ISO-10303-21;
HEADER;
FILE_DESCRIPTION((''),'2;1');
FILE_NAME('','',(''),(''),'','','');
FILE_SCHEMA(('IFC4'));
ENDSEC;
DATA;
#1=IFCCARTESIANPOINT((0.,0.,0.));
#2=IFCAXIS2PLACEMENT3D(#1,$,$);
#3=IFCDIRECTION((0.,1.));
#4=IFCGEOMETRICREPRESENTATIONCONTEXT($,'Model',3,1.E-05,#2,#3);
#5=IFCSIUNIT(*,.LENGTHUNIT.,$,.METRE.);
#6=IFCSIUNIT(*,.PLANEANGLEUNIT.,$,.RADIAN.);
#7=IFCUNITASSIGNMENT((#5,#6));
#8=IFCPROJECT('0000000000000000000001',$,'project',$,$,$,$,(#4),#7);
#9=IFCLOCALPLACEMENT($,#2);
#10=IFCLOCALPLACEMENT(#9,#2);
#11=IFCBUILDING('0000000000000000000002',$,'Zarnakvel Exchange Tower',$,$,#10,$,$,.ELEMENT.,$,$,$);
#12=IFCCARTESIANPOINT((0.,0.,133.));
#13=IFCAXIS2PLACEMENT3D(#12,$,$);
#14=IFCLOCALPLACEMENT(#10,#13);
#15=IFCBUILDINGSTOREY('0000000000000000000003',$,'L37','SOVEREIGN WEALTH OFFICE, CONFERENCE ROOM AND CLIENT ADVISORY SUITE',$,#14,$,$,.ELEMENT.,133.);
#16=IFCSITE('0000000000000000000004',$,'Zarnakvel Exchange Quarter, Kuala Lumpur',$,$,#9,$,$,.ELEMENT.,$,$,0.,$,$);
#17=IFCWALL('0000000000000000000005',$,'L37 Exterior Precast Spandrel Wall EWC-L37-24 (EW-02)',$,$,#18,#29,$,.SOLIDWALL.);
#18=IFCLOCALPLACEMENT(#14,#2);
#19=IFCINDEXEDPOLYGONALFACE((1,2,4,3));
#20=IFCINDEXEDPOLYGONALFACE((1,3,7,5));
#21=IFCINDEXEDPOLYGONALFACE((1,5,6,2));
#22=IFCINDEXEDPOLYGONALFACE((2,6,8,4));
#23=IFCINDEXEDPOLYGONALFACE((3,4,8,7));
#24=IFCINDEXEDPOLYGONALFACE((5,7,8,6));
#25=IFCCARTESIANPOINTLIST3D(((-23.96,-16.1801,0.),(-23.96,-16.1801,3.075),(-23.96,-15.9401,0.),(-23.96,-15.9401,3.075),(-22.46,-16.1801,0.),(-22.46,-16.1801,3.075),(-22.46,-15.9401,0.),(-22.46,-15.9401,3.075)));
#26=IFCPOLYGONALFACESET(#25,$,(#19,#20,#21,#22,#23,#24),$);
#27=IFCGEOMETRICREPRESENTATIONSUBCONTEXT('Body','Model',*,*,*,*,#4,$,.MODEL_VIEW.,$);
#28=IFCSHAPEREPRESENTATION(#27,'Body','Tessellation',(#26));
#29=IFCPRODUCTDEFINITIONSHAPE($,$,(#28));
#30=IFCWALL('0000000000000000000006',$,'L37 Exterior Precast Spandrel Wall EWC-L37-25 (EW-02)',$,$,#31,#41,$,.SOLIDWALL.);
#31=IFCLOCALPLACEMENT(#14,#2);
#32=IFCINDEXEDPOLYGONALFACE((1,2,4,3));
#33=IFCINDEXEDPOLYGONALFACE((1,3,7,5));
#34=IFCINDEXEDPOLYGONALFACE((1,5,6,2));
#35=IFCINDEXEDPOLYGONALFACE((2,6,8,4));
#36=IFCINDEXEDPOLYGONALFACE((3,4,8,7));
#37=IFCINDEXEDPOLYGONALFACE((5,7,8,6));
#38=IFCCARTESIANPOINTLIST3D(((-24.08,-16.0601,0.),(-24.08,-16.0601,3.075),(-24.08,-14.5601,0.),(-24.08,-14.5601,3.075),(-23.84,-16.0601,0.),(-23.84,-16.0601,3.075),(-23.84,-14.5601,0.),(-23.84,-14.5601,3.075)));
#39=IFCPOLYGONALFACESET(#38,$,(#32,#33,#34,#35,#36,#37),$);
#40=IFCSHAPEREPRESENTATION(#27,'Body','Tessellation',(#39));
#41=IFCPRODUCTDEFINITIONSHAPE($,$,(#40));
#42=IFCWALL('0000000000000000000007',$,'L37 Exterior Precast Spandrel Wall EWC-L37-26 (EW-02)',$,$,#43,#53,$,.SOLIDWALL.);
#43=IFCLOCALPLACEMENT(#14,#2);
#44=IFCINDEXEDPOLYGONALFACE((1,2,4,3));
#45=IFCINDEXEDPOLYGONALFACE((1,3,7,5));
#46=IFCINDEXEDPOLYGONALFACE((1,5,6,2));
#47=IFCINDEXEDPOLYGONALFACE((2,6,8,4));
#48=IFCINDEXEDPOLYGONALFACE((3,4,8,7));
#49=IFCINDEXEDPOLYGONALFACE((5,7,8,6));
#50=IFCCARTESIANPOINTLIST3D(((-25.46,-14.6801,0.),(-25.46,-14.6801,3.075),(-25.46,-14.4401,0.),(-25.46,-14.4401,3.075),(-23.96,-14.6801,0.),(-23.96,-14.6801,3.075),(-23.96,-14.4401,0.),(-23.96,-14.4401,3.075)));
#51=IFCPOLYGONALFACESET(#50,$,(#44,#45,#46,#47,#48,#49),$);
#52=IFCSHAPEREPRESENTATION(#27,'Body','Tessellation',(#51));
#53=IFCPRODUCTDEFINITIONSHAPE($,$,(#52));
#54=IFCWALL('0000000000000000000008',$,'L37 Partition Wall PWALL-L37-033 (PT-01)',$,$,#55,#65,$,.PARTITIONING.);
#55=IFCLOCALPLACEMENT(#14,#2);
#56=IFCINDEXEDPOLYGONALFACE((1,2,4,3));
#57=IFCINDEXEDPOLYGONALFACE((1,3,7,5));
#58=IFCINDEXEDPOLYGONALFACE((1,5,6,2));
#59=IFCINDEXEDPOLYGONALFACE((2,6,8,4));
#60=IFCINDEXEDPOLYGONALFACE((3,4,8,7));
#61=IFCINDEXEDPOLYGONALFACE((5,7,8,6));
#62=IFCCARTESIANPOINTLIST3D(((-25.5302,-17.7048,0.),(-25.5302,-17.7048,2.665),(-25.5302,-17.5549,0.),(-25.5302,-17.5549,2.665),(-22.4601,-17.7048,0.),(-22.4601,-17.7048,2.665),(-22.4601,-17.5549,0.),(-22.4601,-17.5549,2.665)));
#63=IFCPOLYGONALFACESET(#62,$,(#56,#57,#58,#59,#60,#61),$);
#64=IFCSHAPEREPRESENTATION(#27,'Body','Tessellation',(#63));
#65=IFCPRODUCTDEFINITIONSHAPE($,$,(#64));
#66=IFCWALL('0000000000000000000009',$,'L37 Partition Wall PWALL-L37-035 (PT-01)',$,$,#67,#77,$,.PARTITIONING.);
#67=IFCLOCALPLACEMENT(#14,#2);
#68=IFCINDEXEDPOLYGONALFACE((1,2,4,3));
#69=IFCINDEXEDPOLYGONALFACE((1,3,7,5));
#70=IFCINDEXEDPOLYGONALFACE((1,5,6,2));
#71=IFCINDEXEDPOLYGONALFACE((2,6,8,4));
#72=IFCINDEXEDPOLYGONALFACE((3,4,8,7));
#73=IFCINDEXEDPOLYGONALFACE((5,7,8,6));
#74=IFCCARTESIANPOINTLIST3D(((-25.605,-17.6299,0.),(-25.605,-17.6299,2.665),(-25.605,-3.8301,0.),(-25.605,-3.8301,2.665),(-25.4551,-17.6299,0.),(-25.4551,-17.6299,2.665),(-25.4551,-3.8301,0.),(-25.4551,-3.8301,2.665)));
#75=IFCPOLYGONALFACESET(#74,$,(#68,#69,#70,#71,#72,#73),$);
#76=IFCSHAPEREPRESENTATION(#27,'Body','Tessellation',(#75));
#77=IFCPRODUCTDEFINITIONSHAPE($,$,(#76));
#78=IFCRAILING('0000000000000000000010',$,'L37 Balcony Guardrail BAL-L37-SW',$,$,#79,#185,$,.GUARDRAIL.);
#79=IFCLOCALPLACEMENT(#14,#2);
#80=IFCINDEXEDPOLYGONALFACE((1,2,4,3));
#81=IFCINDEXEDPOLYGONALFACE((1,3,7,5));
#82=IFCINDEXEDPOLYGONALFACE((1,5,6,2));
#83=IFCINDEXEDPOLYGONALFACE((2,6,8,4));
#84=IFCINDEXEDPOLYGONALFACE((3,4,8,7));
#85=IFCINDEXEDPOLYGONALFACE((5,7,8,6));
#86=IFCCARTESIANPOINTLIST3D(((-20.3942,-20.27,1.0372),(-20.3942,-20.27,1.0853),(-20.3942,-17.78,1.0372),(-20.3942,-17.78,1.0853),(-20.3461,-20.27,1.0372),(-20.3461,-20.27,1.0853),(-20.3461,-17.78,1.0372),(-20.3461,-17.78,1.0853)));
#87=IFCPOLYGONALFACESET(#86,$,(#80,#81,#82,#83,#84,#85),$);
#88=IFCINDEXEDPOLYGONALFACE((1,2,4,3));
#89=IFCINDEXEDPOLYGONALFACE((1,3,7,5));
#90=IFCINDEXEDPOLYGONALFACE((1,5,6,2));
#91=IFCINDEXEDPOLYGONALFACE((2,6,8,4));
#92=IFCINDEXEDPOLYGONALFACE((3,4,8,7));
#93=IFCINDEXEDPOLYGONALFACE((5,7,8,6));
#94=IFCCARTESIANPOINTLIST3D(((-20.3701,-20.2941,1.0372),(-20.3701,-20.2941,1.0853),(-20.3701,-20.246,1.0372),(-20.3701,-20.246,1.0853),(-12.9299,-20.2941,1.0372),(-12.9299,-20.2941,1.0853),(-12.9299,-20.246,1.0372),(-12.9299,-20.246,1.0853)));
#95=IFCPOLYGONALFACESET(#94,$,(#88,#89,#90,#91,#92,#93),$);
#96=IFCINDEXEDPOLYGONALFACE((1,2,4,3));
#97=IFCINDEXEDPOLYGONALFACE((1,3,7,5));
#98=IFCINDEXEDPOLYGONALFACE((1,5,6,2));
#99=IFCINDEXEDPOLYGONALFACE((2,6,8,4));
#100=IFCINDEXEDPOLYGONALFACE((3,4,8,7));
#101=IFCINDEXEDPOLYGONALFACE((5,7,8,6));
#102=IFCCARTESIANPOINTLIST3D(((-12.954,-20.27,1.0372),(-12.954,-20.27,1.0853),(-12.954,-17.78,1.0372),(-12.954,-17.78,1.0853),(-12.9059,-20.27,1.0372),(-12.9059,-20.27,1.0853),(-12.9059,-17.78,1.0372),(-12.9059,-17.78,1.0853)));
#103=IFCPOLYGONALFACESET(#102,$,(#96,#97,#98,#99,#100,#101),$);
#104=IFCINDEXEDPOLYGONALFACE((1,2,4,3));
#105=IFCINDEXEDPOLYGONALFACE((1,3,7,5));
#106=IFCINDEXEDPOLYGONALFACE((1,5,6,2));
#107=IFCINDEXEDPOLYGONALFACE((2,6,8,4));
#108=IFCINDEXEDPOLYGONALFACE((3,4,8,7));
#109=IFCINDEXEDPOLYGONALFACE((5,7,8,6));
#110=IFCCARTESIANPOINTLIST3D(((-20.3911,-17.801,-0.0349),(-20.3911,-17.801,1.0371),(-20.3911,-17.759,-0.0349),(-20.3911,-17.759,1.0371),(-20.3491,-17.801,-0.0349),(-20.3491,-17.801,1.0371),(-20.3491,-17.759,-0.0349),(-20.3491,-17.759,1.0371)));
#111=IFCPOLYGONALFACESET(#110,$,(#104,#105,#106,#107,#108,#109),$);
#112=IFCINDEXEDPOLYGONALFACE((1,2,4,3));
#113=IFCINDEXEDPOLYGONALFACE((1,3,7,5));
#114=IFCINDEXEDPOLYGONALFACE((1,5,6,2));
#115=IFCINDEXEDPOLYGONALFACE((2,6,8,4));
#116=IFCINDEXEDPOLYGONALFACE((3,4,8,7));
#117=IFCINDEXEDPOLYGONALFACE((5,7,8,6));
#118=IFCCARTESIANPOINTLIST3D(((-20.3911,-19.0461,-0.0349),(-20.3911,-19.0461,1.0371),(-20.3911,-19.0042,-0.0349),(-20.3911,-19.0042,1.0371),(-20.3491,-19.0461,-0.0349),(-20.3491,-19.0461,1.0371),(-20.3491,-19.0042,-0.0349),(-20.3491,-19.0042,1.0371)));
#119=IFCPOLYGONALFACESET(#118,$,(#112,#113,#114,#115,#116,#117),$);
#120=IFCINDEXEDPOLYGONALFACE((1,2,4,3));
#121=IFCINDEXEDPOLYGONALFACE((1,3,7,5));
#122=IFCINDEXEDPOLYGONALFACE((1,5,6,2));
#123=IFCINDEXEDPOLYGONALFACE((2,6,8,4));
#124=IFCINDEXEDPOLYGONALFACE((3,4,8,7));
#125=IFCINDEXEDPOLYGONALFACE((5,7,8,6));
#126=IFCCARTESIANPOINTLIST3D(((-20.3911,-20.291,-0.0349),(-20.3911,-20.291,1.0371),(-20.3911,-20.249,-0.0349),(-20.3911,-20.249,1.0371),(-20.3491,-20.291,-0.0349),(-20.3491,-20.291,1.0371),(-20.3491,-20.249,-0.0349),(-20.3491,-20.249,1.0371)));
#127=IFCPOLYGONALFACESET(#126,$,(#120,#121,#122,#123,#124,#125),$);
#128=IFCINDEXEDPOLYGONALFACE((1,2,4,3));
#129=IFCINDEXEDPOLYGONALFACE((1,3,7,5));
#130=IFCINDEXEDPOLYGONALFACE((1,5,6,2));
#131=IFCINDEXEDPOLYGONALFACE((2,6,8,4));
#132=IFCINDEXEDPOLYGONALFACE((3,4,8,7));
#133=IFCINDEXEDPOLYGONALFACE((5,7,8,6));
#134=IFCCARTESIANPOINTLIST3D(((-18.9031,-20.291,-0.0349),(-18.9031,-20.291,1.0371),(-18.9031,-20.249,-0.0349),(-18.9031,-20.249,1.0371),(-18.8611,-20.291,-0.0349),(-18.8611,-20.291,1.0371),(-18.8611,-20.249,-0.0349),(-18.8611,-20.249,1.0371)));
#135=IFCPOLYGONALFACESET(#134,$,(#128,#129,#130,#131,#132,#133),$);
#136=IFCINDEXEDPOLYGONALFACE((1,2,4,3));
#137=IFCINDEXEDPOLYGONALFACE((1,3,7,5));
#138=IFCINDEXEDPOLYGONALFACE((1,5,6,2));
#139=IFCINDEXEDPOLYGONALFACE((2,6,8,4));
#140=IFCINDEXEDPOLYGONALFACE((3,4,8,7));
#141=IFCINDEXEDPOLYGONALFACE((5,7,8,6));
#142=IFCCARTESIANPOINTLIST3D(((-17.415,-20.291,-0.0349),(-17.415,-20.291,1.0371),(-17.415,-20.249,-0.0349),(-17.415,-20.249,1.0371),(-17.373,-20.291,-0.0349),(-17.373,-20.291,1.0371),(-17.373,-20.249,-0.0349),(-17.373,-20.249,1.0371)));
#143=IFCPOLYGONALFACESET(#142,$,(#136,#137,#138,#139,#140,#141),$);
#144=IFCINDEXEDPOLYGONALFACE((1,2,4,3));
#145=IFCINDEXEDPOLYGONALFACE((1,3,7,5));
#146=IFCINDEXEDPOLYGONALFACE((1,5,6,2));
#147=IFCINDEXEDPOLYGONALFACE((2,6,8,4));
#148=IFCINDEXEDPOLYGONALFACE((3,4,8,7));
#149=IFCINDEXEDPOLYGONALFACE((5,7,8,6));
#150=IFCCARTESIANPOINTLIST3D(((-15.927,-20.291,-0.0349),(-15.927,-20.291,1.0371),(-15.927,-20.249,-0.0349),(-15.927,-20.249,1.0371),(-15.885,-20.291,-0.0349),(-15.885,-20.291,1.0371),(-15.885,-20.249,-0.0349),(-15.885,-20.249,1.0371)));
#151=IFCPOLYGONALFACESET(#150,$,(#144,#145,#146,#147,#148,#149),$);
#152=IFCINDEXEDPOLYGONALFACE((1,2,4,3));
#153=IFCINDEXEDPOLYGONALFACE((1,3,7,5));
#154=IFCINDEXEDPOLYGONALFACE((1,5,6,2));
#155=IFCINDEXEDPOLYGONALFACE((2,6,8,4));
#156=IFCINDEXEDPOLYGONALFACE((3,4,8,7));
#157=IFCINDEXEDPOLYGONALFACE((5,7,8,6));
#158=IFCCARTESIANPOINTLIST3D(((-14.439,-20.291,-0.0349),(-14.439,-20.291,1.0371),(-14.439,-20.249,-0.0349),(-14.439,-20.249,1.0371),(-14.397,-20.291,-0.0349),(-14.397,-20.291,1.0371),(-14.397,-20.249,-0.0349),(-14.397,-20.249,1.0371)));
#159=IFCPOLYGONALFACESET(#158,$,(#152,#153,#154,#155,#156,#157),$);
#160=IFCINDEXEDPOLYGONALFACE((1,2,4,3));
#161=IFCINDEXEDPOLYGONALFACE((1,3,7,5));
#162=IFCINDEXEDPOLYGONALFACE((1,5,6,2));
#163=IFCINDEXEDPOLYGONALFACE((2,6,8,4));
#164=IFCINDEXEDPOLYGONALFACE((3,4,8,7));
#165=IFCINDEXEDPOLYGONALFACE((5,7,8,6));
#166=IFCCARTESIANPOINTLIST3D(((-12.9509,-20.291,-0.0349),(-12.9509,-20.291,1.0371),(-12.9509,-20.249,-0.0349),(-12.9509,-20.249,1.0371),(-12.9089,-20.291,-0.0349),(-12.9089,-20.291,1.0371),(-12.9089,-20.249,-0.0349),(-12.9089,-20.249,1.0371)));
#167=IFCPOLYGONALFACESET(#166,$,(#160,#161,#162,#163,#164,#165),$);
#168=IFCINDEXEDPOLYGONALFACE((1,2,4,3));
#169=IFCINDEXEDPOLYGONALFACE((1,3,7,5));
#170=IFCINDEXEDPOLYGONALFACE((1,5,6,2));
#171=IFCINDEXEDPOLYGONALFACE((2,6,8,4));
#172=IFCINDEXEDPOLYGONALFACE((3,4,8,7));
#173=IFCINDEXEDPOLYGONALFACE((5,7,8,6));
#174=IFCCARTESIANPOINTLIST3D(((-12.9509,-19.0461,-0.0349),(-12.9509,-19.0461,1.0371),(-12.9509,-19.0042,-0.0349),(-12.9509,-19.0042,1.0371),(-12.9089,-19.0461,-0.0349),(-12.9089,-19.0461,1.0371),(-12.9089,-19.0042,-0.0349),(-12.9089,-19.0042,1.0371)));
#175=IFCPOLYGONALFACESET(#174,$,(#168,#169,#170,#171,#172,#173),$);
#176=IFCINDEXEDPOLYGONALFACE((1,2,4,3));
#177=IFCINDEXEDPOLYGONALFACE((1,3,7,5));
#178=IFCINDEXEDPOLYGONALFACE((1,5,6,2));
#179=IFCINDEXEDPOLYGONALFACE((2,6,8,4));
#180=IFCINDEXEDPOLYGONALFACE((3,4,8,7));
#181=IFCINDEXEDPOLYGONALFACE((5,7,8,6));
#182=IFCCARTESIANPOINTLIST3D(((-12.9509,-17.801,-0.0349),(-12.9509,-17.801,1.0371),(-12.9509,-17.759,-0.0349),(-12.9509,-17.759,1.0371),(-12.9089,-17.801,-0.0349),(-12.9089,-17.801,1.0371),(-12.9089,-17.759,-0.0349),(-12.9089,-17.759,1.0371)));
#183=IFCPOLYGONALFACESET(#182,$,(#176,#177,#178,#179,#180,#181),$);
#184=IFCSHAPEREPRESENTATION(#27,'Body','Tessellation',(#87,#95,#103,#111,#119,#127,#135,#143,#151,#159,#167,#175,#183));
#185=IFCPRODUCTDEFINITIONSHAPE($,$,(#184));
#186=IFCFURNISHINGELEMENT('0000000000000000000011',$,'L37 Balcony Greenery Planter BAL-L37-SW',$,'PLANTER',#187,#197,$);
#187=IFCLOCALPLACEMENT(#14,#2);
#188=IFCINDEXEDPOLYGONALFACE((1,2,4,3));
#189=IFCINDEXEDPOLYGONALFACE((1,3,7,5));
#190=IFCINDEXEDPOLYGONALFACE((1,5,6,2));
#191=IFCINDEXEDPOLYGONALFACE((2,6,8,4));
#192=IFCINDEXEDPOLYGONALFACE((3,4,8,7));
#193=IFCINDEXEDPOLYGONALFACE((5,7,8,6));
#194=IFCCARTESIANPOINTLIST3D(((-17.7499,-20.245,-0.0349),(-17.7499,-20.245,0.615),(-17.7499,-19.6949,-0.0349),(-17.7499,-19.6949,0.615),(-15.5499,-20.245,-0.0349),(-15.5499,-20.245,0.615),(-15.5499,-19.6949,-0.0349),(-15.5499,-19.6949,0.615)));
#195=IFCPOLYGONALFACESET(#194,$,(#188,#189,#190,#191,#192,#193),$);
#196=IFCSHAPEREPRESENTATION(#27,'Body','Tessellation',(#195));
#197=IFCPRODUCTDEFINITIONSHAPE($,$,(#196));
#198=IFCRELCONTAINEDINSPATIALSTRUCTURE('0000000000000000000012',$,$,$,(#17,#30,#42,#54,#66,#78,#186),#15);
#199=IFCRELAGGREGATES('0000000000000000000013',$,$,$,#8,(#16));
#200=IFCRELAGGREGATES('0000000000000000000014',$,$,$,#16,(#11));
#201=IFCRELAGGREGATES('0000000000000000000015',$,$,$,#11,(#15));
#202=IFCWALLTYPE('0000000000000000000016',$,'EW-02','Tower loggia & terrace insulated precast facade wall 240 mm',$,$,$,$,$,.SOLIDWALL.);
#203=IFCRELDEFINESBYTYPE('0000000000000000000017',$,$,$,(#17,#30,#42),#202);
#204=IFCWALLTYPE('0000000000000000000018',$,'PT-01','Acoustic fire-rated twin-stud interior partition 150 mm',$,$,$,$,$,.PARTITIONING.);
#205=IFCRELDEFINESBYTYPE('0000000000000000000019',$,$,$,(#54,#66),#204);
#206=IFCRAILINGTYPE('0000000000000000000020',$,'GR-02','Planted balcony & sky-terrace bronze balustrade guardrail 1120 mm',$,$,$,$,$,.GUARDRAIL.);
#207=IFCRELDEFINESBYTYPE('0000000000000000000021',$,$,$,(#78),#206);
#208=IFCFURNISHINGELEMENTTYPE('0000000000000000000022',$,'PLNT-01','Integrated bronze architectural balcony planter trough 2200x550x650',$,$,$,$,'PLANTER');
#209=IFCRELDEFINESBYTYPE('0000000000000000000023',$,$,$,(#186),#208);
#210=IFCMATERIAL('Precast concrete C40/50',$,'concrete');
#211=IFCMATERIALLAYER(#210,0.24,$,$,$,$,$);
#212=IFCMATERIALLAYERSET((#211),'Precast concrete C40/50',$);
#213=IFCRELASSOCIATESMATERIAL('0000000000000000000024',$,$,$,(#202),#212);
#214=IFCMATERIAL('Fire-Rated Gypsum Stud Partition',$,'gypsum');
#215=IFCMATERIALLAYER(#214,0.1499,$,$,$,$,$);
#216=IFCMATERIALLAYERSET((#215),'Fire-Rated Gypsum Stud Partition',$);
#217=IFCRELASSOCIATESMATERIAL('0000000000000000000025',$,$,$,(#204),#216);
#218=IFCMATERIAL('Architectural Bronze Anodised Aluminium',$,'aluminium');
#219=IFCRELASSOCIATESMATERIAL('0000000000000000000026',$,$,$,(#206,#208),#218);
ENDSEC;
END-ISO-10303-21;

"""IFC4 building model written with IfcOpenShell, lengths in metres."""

from ifc_helpers import new_model, si_unit, direction, frame, frame_2d, origin, origin_2d, place, context, subcontext, project, spatial, rectangle, extrude, source, transform, mapped, material, layer, layer_set, type_object, element, save


model = new_model("IFC4")

# Units and contexts
model_context = context("Model", 3, precision=1e-05, world=origin(), true_north=direction((0.0, 1.0)))
body_context = subcontext(model_context, "Body", "Model", "MODEL_VIEW")
ifc_project = project(units=[si_unit("LENGTHUNIT", "METRE"), si_unit("PLANEANGLEUNIT", "RADIAN")], contexts=[model_context])

# Site, building, storey
site_placement = place(None, origin())
site = spatial("IfcSite", under=ifc_project, at=site_placement, Name="Zarnakvel Exchange Quarter, Kuala Lumpur", CompositionType="ELEMENT", RefElevation=0.0)
building_placement = place(site_placement, origin())
building = spatial("IfcBuilding", under=site, at=building_placement, Name="Zarnakvel Exchange Tower", CompositionType="ELEMENT")
storey_placement = place(building_placement, frame((0.0, 0.0, 133.0)))
storey = spatial("IfcBuildingStorey", under=building, at=storey_placement, Name="L37", Description="SOVEREIGN WEALTH OFFICE, CONFERENCE ROOM AND CLIENT ADVISORY SUITE", CompositionType="ELEMENT", Elevation=133.0)

# Shared definitions
ifc_material_1 = material(Name="Architectural Bronze Anodised Aluminium", Category="aluminium")

# Walls
ifc_material_2 = material(Name="Precast concrete C40/50", Category="concrete")
ifc_layer_1 = layer(ifc_material_2, 0.24)
ifc_layer_set_1 = layer_set([ifc_layer_1], Name="Precast concrete C40/50")
wall_type_1 = type_object("IfcWallType", Name="EW-02", Description="Tower loggia & terrace insulated precast facade wall 240 mm", PredefinedType="SOLIDWALL", material=ifc_layer_set_1)
for number, where, z_axis, x_axis, name in (
    (1, (-23.96, -16.0601, 0.0), (0.0, 0.0, 1.0), (1.0, 0.0, 0.0), "L37 Exterior Precast Spandrel Wall EWC-L37-24 (EW-02)"),
    (2, (-23.96, -14.5601, 0.0), (0.0, 0.0, 1.0), (0.0, -1.0, 0.0), "L37 Exterior Precast Spandrel Wall EWC-L37-25 (EW-02)"),
    (3, (-25.46, -14.5601, 0.0), (0.0, 0.0, 1.0), (1.0, 0.0, 0.0), "L37 Exterior Precast Spandrel Wall EWC-L37-26 (EW-02)"),
):
    element("IfcWall", number, at=place(storey_placement, frame(where, z_axis=z_axis, x_axis=x_axis)), inside=storey, type_object=wall_type_1, Name=name, PredefinedType="SOLIDWALL", context=body_context, shape_type="SweptSolid", body=[
        extrude(rectangle(XDim=1.5, YDim=0.24, at=frame_2d((0.75, 0.0))), origin(), (0.0, 0.0, 1.0), 3.075),
    ])
ifc_material_3 = material(Name="Fire-Rated Gypsum Stud Partition", Category="gypsum")
ifc_layer_2 = layer(ifc_material_3, 0.1499)
ifc_layer_set_2 = layer_set([ifc_layer_2], Name="Fire-Rated Gypsum Stud Partition")
wall_type_2 = type_object("IfcWallType", Name="PT-01", Description="Acoustic fire-rated twin-stud interior partition 150 mm", PredefinedType="PARTITIONING", material=ifc_layer_set_2)
wall_1_placement = place(storey_placement, frame((-22.46, -17.6299, 0.0), z_axis=(0.0, 0.0, 1.0), x_axis=(-1.0, 0.0, 0.0)))
element("IfcWall", 4, at=wall_1_placement, inside=storey, type_object=wall_type_2, Name="L37 Partition Wall PWALL-L37-033 (PT-01)", PredefinedType="PARTITIONING", context=body_context, shape_type="SweptSolid", body=[
    extrude(rectangle(XDim=3.0701, YDim=0.1499, at=frame_2d((1.5352, 0.0))), origin(), (0.0, 0.0, 1.0), 2.665),
])
wall_2_placement = place(storey_placement, frame((-25.53, -17.6299, 0.0), z_axis=(0.0, 0.0, 1.0), x_axis=(0.0, 1.0, 0.0)))
element("IfcWall", 5, at=wall_2_placement, inside=storey, type_object=wall_type_2, Name="L37 Partition Wall PWALL-L37-035 (PT-01)", PredefinedType="PARTITIONING", context=body_context, shape_type="SweptSolid", body=[
    extrude(rectangle(XDim=13.7998, YDim=0.1499, at=frame_2d((6.8999, 0.0))), origin(), (0.0, 0.0, 1.0), 2.665),
])

# Railing
railing_type = type_object("IfcRailingType", Name="GR-02", Description="Planted balcony & sky-terrace bronze balustrade guardrail 1120 mm", PredefinedType="GUARDRAIL", material=ifc_material_1)
railing_placement = place(storey_placement, frame((-20.3701, -17.78, -0.0349)))
element("IfcRailing", 6, at=railing_placement, inside=storey, type_object=railing_type, Name="L37 Balcony Guardrail BAL-L37-SW", PredefinedType="GUARDRAIL", context=body_context, shape_type="SweptSolid", body=[
    extrude(rectangle(XDim=0.0481, YDim=0.0481, at=origin_2d()), frame((0.0, 0.0, 1.0962), z_axis=(0.0, -1.0, 0.0), x_axis=(1.0, 0.0, 0.0)), (0.0, 0.0, 1.0), 2.49),
    extrude(rectangle(XDim=0.0481, YDim=0.0481, at=origin_2d()), frame((0.0, -2.49, 1.0962), z_axis=(1.0, 0.0, 0.0), x_axis=(0.0, 1.0, 0.0)), (0.0, 0.0, 1.0), 7.4402),
    extrude(rectangle(XDim=0.0481, YDim=0.0481, at=origin_2d()), frame((7.4402, -2.49, 1.0962), z_axis=(0.0, 1.0, 0.0), x_axis=(-1.0, 0.0, 0.0)), (0.0, 0.0, 1.0), 2.49),
    extrude(rectangle(XDim=0.042, YDim=0.042, at=origin_2d()), origin(), (0.0, 0.0, 1.0), 1.072),
    extrude(rectangle(XDim=0.042, YDim=0.042, at=origin_2d()), frame((0.0, -1.2451, 0.0)), (0.0, 0.0, 1.0), 1.072),
    extrude(rectangle(XDim=0.042, YDim=0.042, at=origin_2d()), frame((0.0, -2.49, 0.0)), (0.0, 0.0, 1.0), 1.072),
    extrude(rectangle(XDim=0.042, YDim=0.042, at=origin_2d()), frame((1.488, -2.49, 0.0)), (0.0, 0.0, 1.0), 1.072),
    extrude(rectangle(XDim=0.042, YDim=0.042, at=origin_2d()), frame((2.9761, -2.49, 0.0)), (0.0, 0.0, 1.0), 1.072),
    extrude(rectangle(XDim=0.042, YDim=0.042, at=origin_2d()), frame((4.4641, -2.49, 0.0)), (0.0, 0.0, 1.0), 1.072),
    extrude(rectangle(XDim=0.042, YDim=0.042, at=origin_2d()), frame((5.9521, -2.49, 0.0)), (0.0, 0.0, 1.0), 1.072),
    extrude(rectangle(XDim=0.042, YDim=0.042, at=origin_2d()), frame((7.4402, -2.49, 0.0)), (0.0, 0.0, 1.0), 1.072),
    extrude(rectangle(XDim=0.042, YDim=0.042, at=origin_2d()), frame((7.4402, -1.2451, 0.0)), (0.0, 0.0, 1.0), 1.072),
    extrude(rectangle(XDim=0.042, YDim=0.042, at=origin_2d()), frame((7.4402, 0.0, 0.0)), (0.0, 0.0, 1.0), 1.072),
])

# Furnishing element
furnishing_element_type = type_object("IfcFurnishingElementType", Name="PLNT-01", Description="Integrated bronze architectural balcony planter trough 2200x550x650", ElementType="PLANTER", material=ifc_material_1)
shared_shape_1 = source(origin(), body_context, "Body", "SweptSolid", [
    extrude(rectangle(XDim=2.2, YDim=0.55, at=origin_2d()), origin(), (0.0, 0.0, 1.0), 0.6499),
])
furnishing_placement = place(storey_placement, frame((-16.6499, -19.97, -0.0349), z_axis=(0.0, 0.0, 1.0), x_axis=(1.0, 0.0, 0.0)))
element("IfcFurnishingElement", 7, at=furnishing_placement, inside=storey, type_object=furnishing_element_type, Name="L37 Balcony Greenery Planter BAL-L37-SW", ObjectType="PLANTER", context=body_context, shape_type="MappedRepresentation", body=[
    mapped(shared_shape_1, transform((0.0, 0.0, 0.0), x_axis=(1.0, 0.0, 0.0), y_axis=(0.0, 1.0, 0.0), z_axis=(0.0, 0.0, 1.0), scale=1.0)),
])

save(model, "model.ifc")
